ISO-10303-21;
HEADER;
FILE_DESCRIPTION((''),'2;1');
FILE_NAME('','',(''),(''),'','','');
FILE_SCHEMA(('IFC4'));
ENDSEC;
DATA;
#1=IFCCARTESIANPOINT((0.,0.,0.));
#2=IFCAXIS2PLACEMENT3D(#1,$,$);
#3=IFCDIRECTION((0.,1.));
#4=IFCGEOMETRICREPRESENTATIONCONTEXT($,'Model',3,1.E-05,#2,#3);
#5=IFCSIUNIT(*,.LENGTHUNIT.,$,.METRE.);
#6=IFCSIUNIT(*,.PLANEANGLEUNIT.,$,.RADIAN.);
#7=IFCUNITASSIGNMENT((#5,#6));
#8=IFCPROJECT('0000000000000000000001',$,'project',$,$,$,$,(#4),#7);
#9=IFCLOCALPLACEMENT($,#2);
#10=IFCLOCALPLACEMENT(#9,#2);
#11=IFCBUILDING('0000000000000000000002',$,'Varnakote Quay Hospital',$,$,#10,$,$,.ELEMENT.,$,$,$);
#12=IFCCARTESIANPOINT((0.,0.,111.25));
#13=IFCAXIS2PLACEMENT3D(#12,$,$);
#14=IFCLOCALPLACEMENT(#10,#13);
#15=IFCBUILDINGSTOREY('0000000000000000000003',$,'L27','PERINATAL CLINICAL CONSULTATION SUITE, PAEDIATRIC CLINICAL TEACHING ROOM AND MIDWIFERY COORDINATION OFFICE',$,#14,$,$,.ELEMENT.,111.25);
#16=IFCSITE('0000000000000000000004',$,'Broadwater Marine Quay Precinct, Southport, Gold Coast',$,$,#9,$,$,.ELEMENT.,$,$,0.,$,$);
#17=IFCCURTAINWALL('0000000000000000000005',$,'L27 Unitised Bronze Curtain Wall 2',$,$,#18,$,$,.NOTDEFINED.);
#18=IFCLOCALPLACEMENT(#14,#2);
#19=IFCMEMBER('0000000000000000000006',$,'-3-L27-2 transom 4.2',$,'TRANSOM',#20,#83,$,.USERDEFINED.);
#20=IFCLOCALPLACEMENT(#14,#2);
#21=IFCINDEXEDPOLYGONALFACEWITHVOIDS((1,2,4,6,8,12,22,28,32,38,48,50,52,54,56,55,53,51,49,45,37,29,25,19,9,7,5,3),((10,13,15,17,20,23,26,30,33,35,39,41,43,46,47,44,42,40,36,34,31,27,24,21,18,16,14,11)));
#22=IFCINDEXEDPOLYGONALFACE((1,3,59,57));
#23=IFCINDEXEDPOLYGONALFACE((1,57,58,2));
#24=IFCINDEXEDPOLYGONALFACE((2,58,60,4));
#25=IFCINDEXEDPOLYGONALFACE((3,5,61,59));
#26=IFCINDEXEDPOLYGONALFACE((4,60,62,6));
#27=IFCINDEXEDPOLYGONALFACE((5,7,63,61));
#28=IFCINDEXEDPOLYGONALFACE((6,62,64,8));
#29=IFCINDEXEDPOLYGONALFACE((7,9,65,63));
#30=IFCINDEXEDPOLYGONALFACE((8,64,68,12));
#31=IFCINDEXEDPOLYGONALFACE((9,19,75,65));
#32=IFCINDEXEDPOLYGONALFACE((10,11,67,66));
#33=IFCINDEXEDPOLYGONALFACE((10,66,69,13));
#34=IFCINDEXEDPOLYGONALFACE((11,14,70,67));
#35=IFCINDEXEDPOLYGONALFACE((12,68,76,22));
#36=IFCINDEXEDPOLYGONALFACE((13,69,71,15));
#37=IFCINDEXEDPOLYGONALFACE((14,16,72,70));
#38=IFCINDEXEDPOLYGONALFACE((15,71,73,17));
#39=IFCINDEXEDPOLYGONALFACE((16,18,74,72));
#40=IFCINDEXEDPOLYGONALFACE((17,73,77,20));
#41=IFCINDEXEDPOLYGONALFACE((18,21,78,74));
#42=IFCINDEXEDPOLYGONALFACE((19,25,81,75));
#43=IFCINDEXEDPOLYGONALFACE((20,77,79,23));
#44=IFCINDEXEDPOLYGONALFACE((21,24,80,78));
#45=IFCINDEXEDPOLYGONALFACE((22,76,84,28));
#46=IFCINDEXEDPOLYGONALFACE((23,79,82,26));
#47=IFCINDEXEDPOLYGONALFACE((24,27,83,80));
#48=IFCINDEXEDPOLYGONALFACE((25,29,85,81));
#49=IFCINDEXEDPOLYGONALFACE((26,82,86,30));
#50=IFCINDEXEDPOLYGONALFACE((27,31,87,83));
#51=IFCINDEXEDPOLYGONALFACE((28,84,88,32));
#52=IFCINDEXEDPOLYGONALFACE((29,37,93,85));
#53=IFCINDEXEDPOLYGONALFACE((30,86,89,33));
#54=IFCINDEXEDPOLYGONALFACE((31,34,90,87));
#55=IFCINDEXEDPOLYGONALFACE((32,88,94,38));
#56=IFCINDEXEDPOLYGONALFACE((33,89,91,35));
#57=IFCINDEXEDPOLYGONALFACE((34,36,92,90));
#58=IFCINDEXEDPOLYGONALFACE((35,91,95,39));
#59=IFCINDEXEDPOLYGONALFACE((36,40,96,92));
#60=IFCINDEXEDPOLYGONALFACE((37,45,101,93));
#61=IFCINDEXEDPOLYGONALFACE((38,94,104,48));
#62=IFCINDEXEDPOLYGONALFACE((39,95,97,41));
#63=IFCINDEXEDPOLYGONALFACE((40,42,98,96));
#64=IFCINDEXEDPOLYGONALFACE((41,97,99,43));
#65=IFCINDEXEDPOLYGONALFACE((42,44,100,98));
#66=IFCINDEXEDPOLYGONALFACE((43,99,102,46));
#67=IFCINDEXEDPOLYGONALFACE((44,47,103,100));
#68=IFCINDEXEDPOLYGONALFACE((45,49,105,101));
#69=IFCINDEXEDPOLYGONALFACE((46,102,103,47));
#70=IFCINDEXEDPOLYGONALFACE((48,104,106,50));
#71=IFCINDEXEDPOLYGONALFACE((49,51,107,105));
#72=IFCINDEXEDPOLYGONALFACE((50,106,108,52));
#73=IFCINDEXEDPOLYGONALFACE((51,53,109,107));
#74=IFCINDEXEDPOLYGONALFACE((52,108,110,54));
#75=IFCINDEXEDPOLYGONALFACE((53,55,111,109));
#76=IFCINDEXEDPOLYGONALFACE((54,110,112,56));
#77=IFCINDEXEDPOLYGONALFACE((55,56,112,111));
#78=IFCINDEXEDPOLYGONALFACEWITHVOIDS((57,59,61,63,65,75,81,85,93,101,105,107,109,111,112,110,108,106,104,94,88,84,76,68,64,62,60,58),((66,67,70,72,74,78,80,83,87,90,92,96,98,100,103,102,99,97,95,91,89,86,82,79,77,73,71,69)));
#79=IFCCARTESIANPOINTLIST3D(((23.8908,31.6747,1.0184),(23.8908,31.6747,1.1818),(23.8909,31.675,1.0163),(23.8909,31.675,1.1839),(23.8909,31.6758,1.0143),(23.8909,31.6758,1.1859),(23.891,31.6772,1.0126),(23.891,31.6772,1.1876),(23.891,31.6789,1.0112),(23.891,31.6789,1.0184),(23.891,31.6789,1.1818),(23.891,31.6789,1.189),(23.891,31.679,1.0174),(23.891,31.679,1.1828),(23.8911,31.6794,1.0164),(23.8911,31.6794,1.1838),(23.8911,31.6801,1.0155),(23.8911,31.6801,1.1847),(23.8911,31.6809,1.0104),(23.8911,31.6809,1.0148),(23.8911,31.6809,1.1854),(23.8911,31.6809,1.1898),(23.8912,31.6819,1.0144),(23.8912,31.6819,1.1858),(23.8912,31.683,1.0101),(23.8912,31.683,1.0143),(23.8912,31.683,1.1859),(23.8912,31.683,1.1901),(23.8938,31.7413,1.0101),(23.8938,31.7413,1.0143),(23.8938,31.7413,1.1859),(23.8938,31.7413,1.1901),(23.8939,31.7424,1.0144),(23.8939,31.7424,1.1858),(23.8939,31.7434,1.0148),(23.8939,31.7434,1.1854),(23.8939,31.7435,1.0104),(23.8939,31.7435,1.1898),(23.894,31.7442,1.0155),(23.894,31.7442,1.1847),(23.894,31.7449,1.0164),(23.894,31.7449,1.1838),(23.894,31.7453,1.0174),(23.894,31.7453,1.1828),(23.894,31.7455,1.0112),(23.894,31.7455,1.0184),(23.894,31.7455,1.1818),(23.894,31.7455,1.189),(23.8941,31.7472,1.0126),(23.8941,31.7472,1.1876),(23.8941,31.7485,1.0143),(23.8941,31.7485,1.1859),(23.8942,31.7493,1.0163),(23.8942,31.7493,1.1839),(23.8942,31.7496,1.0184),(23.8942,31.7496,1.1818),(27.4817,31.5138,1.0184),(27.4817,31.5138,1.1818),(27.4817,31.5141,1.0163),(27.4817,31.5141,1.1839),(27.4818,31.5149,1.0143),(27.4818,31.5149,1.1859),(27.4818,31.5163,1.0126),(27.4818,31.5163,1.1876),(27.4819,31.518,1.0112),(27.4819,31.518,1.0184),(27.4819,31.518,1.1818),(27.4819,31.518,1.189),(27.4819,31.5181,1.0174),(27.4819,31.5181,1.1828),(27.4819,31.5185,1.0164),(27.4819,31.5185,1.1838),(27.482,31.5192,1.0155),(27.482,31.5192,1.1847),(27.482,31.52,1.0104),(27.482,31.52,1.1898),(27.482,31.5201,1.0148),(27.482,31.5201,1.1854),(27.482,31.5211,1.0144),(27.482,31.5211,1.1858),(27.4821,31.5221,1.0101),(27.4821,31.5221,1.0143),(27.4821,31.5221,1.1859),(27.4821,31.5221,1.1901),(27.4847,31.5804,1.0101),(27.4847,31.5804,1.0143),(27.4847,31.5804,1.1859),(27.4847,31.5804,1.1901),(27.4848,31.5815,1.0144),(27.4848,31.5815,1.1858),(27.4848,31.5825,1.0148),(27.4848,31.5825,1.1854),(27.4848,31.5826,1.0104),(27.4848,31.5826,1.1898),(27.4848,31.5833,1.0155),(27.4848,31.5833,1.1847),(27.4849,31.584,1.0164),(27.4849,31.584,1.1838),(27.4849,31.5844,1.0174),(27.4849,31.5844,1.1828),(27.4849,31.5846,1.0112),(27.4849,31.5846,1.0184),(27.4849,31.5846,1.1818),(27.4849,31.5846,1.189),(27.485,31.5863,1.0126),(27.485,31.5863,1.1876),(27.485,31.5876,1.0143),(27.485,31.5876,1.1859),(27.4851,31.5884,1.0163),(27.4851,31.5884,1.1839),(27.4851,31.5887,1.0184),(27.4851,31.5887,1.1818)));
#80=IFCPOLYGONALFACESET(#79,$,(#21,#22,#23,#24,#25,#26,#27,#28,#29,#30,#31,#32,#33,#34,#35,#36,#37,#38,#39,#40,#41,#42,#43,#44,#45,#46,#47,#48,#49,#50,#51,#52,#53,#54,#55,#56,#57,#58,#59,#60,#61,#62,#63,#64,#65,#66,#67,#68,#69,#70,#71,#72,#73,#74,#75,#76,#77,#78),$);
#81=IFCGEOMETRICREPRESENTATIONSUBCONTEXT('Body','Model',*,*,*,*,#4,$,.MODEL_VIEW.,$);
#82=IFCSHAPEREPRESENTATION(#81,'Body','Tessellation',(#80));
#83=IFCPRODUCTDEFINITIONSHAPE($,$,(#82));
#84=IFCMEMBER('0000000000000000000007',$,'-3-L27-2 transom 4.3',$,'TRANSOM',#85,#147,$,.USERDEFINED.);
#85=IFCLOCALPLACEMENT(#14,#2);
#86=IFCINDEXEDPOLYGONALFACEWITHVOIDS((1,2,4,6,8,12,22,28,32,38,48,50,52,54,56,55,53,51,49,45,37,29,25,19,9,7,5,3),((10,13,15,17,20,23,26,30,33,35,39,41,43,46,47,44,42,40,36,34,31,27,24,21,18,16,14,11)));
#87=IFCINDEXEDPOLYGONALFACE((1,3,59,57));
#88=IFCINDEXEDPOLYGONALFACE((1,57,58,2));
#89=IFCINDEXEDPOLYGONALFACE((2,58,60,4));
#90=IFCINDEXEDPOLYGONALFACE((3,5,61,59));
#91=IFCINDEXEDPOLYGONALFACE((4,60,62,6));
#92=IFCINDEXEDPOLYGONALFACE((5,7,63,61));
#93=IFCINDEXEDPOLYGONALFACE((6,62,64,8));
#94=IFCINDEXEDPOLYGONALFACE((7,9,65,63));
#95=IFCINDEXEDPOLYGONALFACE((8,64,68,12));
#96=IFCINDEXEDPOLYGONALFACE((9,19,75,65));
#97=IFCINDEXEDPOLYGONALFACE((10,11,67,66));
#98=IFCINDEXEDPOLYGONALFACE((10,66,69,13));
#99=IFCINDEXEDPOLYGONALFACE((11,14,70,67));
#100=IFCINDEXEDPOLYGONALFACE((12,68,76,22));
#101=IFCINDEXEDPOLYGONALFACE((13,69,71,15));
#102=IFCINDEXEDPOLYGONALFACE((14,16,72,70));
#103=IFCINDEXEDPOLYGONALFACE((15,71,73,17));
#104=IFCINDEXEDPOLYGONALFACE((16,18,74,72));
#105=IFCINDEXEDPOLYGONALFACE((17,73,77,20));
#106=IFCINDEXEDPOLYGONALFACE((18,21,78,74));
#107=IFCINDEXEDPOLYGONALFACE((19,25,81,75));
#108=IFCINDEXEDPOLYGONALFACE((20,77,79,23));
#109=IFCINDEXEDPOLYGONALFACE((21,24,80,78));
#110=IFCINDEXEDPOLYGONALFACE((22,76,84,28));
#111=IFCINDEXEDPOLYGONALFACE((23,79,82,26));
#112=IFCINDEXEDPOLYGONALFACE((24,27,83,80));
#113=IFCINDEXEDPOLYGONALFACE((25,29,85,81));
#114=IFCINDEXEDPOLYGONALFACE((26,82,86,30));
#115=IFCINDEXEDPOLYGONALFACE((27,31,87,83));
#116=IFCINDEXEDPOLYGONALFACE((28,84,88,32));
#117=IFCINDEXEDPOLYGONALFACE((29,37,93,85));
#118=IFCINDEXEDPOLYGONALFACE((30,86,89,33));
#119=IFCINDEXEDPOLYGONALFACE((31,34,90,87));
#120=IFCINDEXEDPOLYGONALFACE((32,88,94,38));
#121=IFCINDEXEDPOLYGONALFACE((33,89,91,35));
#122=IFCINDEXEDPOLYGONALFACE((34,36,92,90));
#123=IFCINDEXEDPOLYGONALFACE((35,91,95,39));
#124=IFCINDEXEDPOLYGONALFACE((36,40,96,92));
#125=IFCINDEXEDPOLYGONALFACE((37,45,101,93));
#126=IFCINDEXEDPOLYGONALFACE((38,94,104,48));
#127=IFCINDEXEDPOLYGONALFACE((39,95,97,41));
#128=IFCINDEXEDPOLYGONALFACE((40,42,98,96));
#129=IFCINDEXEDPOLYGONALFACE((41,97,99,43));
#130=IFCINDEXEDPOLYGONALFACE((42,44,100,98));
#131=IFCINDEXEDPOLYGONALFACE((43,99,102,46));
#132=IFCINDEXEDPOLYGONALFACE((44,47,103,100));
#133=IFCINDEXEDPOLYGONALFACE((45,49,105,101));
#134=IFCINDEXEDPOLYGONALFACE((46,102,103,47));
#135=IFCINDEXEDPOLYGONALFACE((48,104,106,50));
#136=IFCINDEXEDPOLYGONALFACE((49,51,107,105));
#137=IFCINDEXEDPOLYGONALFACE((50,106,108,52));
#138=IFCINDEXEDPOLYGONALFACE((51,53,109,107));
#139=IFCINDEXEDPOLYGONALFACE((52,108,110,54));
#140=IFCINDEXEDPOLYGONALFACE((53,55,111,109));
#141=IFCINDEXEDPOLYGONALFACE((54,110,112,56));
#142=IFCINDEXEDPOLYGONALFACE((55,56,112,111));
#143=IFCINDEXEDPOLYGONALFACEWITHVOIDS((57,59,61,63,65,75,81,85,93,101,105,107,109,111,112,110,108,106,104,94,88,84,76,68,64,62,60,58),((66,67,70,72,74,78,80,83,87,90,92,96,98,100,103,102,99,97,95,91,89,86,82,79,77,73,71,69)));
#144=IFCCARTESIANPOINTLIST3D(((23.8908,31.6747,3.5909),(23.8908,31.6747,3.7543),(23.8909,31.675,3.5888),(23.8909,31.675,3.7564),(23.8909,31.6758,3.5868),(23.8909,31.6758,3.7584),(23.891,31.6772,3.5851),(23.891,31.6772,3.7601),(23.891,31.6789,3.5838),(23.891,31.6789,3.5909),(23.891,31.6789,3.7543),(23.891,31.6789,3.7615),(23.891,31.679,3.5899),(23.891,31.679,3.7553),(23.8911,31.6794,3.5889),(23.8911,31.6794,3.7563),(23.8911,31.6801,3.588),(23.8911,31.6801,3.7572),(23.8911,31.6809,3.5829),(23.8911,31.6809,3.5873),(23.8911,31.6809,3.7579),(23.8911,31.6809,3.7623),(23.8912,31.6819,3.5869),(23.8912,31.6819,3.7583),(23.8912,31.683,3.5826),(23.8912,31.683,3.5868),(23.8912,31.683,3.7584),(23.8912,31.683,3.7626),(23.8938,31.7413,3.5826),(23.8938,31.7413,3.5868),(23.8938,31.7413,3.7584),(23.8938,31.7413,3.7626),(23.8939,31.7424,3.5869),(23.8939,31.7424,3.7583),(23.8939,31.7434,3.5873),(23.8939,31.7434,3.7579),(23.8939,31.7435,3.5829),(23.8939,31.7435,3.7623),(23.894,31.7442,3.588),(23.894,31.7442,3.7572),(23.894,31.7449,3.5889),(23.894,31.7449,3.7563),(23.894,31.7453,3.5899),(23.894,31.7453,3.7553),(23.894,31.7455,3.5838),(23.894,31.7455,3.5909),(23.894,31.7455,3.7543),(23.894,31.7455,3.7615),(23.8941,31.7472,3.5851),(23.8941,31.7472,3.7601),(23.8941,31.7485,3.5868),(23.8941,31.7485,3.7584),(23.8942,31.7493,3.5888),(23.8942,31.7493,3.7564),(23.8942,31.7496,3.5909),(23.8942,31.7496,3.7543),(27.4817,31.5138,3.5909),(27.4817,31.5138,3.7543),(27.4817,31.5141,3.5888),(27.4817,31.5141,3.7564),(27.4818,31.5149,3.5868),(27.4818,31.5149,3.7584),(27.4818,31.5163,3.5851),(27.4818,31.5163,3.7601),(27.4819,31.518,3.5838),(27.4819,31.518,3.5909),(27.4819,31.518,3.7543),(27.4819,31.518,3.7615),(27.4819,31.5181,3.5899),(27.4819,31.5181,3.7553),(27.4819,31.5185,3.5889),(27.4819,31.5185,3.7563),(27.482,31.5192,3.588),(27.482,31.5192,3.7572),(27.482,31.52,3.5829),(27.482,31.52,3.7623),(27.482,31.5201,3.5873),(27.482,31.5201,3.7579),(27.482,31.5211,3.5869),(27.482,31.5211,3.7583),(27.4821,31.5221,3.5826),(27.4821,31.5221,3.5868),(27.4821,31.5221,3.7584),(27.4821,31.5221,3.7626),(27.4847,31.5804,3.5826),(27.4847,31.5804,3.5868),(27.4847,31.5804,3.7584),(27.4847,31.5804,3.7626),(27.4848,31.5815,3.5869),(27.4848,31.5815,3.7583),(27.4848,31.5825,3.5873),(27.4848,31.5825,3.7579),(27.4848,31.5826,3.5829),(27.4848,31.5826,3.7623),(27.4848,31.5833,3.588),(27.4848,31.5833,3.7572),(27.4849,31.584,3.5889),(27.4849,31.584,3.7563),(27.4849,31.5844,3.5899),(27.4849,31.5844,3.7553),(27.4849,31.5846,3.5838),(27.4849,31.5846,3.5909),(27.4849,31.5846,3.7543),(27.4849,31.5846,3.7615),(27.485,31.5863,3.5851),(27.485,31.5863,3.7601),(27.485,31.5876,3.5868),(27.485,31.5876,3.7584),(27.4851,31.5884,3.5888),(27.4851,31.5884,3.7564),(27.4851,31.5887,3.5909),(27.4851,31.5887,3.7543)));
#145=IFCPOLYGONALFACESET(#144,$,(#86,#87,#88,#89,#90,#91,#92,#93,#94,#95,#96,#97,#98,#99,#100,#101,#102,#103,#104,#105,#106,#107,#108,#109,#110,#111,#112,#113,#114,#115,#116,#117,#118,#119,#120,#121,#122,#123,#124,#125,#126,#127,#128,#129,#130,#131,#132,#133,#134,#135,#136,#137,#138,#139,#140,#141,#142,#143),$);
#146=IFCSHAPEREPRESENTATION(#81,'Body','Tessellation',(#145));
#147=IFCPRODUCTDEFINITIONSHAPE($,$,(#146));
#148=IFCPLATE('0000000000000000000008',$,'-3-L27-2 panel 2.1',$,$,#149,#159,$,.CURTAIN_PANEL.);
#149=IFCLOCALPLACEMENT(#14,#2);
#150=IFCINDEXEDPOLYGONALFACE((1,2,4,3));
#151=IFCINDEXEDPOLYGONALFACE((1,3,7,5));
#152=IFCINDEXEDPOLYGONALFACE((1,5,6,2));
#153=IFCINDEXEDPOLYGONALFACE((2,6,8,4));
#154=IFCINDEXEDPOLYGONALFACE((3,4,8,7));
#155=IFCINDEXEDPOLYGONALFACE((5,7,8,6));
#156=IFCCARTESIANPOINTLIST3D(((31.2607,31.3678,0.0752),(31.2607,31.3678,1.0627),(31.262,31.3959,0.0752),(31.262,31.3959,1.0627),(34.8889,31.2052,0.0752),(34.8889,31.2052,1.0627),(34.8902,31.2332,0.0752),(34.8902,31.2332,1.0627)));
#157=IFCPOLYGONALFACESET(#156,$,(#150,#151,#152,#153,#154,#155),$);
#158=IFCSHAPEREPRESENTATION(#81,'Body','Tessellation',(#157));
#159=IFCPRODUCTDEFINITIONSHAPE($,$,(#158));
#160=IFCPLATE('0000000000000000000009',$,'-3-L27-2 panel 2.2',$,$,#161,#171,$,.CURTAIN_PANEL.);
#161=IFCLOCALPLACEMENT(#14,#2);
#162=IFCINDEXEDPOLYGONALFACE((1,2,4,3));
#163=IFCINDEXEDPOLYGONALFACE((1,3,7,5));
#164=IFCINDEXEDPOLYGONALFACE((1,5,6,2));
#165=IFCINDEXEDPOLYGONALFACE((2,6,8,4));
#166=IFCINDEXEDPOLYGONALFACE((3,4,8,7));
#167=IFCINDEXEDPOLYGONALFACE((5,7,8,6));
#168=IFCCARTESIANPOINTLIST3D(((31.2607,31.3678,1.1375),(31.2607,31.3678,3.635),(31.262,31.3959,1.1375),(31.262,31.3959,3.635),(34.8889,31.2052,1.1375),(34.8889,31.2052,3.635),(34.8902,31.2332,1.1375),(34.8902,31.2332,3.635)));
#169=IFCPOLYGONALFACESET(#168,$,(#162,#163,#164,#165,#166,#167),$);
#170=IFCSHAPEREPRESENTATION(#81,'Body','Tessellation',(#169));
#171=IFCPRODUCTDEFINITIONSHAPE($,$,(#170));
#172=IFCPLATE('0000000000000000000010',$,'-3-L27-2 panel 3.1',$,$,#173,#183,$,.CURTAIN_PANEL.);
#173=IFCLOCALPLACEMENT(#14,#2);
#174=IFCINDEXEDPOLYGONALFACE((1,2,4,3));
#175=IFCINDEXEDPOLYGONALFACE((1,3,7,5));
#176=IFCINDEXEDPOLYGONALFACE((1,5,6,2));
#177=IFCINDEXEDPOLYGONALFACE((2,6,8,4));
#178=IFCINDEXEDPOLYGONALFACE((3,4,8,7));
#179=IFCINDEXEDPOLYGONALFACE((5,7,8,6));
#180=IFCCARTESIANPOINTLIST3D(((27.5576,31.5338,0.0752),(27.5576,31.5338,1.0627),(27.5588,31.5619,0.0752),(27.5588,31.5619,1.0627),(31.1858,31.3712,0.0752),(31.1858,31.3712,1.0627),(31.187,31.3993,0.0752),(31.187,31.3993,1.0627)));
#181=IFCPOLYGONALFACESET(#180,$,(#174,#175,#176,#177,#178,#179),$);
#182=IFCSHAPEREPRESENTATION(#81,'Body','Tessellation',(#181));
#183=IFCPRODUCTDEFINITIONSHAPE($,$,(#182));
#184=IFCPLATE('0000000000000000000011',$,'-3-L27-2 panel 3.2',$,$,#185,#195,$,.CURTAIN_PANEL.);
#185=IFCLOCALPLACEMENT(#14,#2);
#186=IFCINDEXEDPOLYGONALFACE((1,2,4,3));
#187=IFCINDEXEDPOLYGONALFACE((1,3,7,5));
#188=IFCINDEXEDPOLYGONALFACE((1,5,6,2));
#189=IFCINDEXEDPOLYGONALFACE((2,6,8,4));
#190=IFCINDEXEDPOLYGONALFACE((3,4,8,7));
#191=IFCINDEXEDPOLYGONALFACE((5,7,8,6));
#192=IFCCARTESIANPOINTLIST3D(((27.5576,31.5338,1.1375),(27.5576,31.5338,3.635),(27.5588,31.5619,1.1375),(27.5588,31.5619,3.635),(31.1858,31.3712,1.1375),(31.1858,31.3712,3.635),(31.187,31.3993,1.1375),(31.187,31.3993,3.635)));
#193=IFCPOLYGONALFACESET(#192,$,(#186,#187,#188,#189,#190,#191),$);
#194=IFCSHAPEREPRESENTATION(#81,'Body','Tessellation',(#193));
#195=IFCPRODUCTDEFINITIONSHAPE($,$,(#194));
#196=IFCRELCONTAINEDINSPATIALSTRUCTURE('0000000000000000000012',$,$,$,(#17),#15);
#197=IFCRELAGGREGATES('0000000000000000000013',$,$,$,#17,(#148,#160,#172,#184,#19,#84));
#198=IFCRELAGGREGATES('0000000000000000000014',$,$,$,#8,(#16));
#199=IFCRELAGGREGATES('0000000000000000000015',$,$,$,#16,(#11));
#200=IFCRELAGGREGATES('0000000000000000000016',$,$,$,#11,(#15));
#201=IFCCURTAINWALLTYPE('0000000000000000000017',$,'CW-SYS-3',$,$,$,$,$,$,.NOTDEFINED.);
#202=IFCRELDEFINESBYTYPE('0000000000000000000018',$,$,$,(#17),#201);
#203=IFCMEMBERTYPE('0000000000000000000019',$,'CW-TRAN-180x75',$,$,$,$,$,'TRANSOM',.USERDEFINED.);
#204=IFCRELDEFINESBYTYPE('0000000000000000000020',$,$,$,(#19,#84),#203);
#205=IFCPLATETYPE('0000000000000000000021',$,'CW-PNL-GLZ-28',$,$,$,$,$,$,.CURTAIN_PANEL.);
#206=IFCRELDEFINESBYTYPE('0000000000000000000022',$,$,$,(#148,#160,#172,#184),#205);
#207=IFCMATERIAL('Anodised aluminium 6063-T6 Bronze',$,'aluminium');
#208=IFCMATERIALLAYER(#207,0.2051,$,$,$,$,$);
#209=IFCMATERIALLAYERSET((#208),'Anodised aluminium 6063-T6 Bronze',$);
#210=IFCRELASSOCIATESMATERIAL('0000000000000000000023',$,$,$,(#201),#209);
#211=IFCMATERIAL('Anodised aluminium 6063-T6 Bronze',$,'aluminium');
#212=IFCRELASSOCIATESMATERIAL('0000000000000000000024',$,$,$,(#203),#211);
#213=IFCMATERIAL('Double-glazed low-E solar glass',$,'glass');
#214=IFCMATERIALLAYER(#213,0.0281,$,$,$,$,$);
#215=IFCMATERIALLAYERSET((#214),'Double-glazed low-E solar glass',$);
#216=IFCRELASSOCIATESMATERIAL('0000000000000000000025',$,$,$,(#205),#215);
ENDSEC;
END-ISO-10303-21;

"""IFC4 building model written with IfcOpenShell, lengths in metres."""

from ifc_helpers import new_model, si_unit, direction, frame, origin, origin_2d, place, context, subcontext, project, spatial, rectangle, hollow_rectangle, extrude, material, layer, layer_set, material_profile, profile_set, type_object, element, aggregate, save


model = new_model("IFC4")

# Units and contexts
model_context = context("Model", 3, precision=1e-05, world=origin(), true_north=direction((0.0, 1.0)))
body_context = subcontext(model_context, "Body", "Model", "MODEL_VIEW")
ifc_project = project(units=[si_unit("LENGTHUNIT", "METRE"), si_unit("PLANEANGLEUNIT", "RADIAN")], contexts=[model_context])

# Site, building, storey
site_placement = place(None, origin())
site = spatial("IfcSite", under=ifc_project, at=site_placement, Name="Broadwater Marine Quay Precinct, Southport, Gold Coast", CompositionType="ELEMENT", RefElevation=0.0)
building_placement = place(site_placement, origin())
building = spatial("IfcBuilding", under=site, at=building_placement, Name="Varnakote Quay Hospital", CompositionType="ELEMENT")
storey_placement = place(building_placement, frame((0.0, 0.0, 111.25)))
storey = spatial("IfcBuildingStorey", under=building, at=storey_placement, Name="L27", Description="PERINATAL CLINICAL CONSULTATION SUITE, PAEDIATRIC CLINICAL TEACHING ROOM AND MIDWIFERY COORDINATION OFFICE", CompositionType="ELEMENT", Elevation=111.25)

# Curtain wall, members, plates
ifc_material_1 = material(Name="Anodised aluminium 6063-T6 Bronze", Category="aluminium")
ifc_layer_1 = layer(ifc_material_1, 0.2051)
ifc_layer_set_1 = layer_set([ifc_layer_1], Name="Anodised aluminium 6063-T6 Bronze")
curtain_wall_type = type_object("IfcCurtainWallType", Name="CW-SYS-3", PredefinedType="NOTDEFINED", material=ifc_layer_set_1)
curtain_wall_placement = place(storey_placement, origin())
curtain_wall = element("IfcCurtainWall", 1, at=curtain_wall_placement, inside=storey, type_object=curtain_wall_type, Name="L27 Unitised Bronze Curtain Wall 2", PredefinedType="NOTDEFINED")
ifc_material_2 = material(Name="Anodised aluminium 6063-T6 Bronze", Category="aluminium")
ifc_material_profile_1 = material_profile(ifc_material_2, hollow_rectangle(XDim=0.075, YDim=0.1799, WallThickness=0.0042, InnerFilletRadius=0.0042, OuterFilletRadius=0.0083, at=origin_2d()), Name="CW-TRAN-180x75")
ifc_profile_set_1 = profile_set([ifc_material_profile_1], Name="Anodised aluminium 6063-T6 Bronze")
member_type_1 = type_object("IfcMemberType", Name="CW-TRAN-180x75", ElementType="TRANSOM", PredefinedType="USERDEFINED", material=ifc_profile_set_1)
member_1_placement = place(storey_placement, frame((27.4834, 31.5513, 1.1001), z_axis=(-0.998998, 0.044761, 0.0), x_axis=(-0.044761, -0.998998, 0.0)))
member_1 = element("IfcMember", 2, at=member_1_placement, type_object=member_type_1, Name="-3-L27-2 transom 4.2", ObjectType="TRANSOM", PredefinedType="USERDEFINED", context=body_context, shape_type="SweptSolid", body=[
    extrude(hollow_rectangle(XDim=0.075, YDim=0.1799, WallThickness=0.0042, InnerFilletRadius=0.0042, OuterFilletRadius=0.0083, at=origin_2d()), origin(), (0.0, 0.0, 1.0), 3.5945),
])
member_2_placement = place(storey_placement, frame((27.4834, 31.5513, 3.6726), z_axis=(-0.998998, 0.044761, 0.0), x_axis=(-0.044761, -0.998998, 0.0)))
member_2 = element("IfcMember", 3, at=member_2_placement, type_object=member_type_1, Name="-3-L27-2 transom 4.3", ObjectType="TRANSOM", PredefinedType="USERDEFINED", context=body_context, shape_type="SweptSolid", body=[
    extrude(hollow_rectangle(XDim=0.075, YDim=0.1799, WallThickness=0.0042, InnerFilletRadius=0.0042, OuterFilletRadius=0.0083, at=origin_2d()), origin(), (0.0, 0.0, 1.0), 3.5945),
])
ifc_material_3 = material(Name="Double-glazed low-E solar glass", Category="glass")
ifc_layer_2 = layer(ifc_material_3, 0.0281)
ifc_layer_set_2 = layer_set([ifc_layer_2], Name="Double-glazed low-E solar glass")
plate_type = type_object("IfcPlateType", Name="CW-PNL-GLZ-28", PredefinedType="CURTAIN_PANEL", material=ifc_layer_set_2)
plate_1_placement = place(storey_placement, frame((33.0754, 31.3005, 0.0752), z_axis=(0.0, 0.0, 1.0), x_axis=(-0.998997, 0.044782, 0.0)))
plate_1 = element("IfcPlate", 4, at=plate_1_placement, type_object=plate_type, Name="-3-L27-2 panel 2.1", PredefinedType="CURTAIN_PANEL", context=body_context, shape_type="SweptSolid", body=[
    extrude(rectangle(XDim=3.6318, YDim=0.0281, at=origin_2d()), origin(), (0.0, 0.0, 1.0), 0.9875),
])
plate_2_placement = place(storey_placement, frame((33.0754, 31.3005, 1.1375), z_axis=(0.0, 0.0, 1.0), x_axis=(-0.998997, 0.044782, 0.0)))
plate_2 = element("IfcPlate", 5, at=plate_2_placement, type_object=plate_type, Name="-3-L27-2 panel 2.2", PredefinedType="CURTAIN_PANEL", context=body_context, shape_type="SweptSolid", body=[
    extrude(rectangle(XDim=3.6318, YDim=0.0281, at=origin_2d()), origin(), (0.0, 0.0, 1.0), 2.4976),
])
plate_3_placement = place(storey_placement, frame((29.3723, 31.4666, 0.0752), z_axis=(0.0, 0.0, 1.0), x_axis=(-0.998997, 0.044782, 0.0)))
plate_3 = element("IfcPlate", 6, at=plate_3_placement, type_object=plate_type, Name="-3-L27-2 panel 3.1", PredefinedType="CURTAIN_PANEL", context=body_context, shape_type="SweptSolid", body=[
    extrude(rectangle(XDim=3.6318, YDim=0.0281, at=origin_2d()), origin(), (0.0, 0.0, 1.0), 0.9875),
])
plate_4_placement = place(storey_placement, frame((29.3723, 31.4666, 1.1375), z_axis=(0.0, 0.0, 1.0), x_axis=(-0.998997, 0.044782, 0.0)))
plate_4 = element("IfcPlate", 7, at=plate_4_placement, type_object=plate_type, Name="-3-L27-2 panel 3.2", PredefinedType="CURTAIN_PANEL", context=body_context, shape_type="SweptSolid", body=[
    extrude(rectangle(XDim=3.6318, YDim=0.0281, at=origin_2d()), origin(), (0.0, 0.0, 1.0), 2.4976),
])
aggregate(curtain_wall, [plate_1, plate_2, plate_3, plate_4, member_1, member_2])

save(model, "model.ifc")
